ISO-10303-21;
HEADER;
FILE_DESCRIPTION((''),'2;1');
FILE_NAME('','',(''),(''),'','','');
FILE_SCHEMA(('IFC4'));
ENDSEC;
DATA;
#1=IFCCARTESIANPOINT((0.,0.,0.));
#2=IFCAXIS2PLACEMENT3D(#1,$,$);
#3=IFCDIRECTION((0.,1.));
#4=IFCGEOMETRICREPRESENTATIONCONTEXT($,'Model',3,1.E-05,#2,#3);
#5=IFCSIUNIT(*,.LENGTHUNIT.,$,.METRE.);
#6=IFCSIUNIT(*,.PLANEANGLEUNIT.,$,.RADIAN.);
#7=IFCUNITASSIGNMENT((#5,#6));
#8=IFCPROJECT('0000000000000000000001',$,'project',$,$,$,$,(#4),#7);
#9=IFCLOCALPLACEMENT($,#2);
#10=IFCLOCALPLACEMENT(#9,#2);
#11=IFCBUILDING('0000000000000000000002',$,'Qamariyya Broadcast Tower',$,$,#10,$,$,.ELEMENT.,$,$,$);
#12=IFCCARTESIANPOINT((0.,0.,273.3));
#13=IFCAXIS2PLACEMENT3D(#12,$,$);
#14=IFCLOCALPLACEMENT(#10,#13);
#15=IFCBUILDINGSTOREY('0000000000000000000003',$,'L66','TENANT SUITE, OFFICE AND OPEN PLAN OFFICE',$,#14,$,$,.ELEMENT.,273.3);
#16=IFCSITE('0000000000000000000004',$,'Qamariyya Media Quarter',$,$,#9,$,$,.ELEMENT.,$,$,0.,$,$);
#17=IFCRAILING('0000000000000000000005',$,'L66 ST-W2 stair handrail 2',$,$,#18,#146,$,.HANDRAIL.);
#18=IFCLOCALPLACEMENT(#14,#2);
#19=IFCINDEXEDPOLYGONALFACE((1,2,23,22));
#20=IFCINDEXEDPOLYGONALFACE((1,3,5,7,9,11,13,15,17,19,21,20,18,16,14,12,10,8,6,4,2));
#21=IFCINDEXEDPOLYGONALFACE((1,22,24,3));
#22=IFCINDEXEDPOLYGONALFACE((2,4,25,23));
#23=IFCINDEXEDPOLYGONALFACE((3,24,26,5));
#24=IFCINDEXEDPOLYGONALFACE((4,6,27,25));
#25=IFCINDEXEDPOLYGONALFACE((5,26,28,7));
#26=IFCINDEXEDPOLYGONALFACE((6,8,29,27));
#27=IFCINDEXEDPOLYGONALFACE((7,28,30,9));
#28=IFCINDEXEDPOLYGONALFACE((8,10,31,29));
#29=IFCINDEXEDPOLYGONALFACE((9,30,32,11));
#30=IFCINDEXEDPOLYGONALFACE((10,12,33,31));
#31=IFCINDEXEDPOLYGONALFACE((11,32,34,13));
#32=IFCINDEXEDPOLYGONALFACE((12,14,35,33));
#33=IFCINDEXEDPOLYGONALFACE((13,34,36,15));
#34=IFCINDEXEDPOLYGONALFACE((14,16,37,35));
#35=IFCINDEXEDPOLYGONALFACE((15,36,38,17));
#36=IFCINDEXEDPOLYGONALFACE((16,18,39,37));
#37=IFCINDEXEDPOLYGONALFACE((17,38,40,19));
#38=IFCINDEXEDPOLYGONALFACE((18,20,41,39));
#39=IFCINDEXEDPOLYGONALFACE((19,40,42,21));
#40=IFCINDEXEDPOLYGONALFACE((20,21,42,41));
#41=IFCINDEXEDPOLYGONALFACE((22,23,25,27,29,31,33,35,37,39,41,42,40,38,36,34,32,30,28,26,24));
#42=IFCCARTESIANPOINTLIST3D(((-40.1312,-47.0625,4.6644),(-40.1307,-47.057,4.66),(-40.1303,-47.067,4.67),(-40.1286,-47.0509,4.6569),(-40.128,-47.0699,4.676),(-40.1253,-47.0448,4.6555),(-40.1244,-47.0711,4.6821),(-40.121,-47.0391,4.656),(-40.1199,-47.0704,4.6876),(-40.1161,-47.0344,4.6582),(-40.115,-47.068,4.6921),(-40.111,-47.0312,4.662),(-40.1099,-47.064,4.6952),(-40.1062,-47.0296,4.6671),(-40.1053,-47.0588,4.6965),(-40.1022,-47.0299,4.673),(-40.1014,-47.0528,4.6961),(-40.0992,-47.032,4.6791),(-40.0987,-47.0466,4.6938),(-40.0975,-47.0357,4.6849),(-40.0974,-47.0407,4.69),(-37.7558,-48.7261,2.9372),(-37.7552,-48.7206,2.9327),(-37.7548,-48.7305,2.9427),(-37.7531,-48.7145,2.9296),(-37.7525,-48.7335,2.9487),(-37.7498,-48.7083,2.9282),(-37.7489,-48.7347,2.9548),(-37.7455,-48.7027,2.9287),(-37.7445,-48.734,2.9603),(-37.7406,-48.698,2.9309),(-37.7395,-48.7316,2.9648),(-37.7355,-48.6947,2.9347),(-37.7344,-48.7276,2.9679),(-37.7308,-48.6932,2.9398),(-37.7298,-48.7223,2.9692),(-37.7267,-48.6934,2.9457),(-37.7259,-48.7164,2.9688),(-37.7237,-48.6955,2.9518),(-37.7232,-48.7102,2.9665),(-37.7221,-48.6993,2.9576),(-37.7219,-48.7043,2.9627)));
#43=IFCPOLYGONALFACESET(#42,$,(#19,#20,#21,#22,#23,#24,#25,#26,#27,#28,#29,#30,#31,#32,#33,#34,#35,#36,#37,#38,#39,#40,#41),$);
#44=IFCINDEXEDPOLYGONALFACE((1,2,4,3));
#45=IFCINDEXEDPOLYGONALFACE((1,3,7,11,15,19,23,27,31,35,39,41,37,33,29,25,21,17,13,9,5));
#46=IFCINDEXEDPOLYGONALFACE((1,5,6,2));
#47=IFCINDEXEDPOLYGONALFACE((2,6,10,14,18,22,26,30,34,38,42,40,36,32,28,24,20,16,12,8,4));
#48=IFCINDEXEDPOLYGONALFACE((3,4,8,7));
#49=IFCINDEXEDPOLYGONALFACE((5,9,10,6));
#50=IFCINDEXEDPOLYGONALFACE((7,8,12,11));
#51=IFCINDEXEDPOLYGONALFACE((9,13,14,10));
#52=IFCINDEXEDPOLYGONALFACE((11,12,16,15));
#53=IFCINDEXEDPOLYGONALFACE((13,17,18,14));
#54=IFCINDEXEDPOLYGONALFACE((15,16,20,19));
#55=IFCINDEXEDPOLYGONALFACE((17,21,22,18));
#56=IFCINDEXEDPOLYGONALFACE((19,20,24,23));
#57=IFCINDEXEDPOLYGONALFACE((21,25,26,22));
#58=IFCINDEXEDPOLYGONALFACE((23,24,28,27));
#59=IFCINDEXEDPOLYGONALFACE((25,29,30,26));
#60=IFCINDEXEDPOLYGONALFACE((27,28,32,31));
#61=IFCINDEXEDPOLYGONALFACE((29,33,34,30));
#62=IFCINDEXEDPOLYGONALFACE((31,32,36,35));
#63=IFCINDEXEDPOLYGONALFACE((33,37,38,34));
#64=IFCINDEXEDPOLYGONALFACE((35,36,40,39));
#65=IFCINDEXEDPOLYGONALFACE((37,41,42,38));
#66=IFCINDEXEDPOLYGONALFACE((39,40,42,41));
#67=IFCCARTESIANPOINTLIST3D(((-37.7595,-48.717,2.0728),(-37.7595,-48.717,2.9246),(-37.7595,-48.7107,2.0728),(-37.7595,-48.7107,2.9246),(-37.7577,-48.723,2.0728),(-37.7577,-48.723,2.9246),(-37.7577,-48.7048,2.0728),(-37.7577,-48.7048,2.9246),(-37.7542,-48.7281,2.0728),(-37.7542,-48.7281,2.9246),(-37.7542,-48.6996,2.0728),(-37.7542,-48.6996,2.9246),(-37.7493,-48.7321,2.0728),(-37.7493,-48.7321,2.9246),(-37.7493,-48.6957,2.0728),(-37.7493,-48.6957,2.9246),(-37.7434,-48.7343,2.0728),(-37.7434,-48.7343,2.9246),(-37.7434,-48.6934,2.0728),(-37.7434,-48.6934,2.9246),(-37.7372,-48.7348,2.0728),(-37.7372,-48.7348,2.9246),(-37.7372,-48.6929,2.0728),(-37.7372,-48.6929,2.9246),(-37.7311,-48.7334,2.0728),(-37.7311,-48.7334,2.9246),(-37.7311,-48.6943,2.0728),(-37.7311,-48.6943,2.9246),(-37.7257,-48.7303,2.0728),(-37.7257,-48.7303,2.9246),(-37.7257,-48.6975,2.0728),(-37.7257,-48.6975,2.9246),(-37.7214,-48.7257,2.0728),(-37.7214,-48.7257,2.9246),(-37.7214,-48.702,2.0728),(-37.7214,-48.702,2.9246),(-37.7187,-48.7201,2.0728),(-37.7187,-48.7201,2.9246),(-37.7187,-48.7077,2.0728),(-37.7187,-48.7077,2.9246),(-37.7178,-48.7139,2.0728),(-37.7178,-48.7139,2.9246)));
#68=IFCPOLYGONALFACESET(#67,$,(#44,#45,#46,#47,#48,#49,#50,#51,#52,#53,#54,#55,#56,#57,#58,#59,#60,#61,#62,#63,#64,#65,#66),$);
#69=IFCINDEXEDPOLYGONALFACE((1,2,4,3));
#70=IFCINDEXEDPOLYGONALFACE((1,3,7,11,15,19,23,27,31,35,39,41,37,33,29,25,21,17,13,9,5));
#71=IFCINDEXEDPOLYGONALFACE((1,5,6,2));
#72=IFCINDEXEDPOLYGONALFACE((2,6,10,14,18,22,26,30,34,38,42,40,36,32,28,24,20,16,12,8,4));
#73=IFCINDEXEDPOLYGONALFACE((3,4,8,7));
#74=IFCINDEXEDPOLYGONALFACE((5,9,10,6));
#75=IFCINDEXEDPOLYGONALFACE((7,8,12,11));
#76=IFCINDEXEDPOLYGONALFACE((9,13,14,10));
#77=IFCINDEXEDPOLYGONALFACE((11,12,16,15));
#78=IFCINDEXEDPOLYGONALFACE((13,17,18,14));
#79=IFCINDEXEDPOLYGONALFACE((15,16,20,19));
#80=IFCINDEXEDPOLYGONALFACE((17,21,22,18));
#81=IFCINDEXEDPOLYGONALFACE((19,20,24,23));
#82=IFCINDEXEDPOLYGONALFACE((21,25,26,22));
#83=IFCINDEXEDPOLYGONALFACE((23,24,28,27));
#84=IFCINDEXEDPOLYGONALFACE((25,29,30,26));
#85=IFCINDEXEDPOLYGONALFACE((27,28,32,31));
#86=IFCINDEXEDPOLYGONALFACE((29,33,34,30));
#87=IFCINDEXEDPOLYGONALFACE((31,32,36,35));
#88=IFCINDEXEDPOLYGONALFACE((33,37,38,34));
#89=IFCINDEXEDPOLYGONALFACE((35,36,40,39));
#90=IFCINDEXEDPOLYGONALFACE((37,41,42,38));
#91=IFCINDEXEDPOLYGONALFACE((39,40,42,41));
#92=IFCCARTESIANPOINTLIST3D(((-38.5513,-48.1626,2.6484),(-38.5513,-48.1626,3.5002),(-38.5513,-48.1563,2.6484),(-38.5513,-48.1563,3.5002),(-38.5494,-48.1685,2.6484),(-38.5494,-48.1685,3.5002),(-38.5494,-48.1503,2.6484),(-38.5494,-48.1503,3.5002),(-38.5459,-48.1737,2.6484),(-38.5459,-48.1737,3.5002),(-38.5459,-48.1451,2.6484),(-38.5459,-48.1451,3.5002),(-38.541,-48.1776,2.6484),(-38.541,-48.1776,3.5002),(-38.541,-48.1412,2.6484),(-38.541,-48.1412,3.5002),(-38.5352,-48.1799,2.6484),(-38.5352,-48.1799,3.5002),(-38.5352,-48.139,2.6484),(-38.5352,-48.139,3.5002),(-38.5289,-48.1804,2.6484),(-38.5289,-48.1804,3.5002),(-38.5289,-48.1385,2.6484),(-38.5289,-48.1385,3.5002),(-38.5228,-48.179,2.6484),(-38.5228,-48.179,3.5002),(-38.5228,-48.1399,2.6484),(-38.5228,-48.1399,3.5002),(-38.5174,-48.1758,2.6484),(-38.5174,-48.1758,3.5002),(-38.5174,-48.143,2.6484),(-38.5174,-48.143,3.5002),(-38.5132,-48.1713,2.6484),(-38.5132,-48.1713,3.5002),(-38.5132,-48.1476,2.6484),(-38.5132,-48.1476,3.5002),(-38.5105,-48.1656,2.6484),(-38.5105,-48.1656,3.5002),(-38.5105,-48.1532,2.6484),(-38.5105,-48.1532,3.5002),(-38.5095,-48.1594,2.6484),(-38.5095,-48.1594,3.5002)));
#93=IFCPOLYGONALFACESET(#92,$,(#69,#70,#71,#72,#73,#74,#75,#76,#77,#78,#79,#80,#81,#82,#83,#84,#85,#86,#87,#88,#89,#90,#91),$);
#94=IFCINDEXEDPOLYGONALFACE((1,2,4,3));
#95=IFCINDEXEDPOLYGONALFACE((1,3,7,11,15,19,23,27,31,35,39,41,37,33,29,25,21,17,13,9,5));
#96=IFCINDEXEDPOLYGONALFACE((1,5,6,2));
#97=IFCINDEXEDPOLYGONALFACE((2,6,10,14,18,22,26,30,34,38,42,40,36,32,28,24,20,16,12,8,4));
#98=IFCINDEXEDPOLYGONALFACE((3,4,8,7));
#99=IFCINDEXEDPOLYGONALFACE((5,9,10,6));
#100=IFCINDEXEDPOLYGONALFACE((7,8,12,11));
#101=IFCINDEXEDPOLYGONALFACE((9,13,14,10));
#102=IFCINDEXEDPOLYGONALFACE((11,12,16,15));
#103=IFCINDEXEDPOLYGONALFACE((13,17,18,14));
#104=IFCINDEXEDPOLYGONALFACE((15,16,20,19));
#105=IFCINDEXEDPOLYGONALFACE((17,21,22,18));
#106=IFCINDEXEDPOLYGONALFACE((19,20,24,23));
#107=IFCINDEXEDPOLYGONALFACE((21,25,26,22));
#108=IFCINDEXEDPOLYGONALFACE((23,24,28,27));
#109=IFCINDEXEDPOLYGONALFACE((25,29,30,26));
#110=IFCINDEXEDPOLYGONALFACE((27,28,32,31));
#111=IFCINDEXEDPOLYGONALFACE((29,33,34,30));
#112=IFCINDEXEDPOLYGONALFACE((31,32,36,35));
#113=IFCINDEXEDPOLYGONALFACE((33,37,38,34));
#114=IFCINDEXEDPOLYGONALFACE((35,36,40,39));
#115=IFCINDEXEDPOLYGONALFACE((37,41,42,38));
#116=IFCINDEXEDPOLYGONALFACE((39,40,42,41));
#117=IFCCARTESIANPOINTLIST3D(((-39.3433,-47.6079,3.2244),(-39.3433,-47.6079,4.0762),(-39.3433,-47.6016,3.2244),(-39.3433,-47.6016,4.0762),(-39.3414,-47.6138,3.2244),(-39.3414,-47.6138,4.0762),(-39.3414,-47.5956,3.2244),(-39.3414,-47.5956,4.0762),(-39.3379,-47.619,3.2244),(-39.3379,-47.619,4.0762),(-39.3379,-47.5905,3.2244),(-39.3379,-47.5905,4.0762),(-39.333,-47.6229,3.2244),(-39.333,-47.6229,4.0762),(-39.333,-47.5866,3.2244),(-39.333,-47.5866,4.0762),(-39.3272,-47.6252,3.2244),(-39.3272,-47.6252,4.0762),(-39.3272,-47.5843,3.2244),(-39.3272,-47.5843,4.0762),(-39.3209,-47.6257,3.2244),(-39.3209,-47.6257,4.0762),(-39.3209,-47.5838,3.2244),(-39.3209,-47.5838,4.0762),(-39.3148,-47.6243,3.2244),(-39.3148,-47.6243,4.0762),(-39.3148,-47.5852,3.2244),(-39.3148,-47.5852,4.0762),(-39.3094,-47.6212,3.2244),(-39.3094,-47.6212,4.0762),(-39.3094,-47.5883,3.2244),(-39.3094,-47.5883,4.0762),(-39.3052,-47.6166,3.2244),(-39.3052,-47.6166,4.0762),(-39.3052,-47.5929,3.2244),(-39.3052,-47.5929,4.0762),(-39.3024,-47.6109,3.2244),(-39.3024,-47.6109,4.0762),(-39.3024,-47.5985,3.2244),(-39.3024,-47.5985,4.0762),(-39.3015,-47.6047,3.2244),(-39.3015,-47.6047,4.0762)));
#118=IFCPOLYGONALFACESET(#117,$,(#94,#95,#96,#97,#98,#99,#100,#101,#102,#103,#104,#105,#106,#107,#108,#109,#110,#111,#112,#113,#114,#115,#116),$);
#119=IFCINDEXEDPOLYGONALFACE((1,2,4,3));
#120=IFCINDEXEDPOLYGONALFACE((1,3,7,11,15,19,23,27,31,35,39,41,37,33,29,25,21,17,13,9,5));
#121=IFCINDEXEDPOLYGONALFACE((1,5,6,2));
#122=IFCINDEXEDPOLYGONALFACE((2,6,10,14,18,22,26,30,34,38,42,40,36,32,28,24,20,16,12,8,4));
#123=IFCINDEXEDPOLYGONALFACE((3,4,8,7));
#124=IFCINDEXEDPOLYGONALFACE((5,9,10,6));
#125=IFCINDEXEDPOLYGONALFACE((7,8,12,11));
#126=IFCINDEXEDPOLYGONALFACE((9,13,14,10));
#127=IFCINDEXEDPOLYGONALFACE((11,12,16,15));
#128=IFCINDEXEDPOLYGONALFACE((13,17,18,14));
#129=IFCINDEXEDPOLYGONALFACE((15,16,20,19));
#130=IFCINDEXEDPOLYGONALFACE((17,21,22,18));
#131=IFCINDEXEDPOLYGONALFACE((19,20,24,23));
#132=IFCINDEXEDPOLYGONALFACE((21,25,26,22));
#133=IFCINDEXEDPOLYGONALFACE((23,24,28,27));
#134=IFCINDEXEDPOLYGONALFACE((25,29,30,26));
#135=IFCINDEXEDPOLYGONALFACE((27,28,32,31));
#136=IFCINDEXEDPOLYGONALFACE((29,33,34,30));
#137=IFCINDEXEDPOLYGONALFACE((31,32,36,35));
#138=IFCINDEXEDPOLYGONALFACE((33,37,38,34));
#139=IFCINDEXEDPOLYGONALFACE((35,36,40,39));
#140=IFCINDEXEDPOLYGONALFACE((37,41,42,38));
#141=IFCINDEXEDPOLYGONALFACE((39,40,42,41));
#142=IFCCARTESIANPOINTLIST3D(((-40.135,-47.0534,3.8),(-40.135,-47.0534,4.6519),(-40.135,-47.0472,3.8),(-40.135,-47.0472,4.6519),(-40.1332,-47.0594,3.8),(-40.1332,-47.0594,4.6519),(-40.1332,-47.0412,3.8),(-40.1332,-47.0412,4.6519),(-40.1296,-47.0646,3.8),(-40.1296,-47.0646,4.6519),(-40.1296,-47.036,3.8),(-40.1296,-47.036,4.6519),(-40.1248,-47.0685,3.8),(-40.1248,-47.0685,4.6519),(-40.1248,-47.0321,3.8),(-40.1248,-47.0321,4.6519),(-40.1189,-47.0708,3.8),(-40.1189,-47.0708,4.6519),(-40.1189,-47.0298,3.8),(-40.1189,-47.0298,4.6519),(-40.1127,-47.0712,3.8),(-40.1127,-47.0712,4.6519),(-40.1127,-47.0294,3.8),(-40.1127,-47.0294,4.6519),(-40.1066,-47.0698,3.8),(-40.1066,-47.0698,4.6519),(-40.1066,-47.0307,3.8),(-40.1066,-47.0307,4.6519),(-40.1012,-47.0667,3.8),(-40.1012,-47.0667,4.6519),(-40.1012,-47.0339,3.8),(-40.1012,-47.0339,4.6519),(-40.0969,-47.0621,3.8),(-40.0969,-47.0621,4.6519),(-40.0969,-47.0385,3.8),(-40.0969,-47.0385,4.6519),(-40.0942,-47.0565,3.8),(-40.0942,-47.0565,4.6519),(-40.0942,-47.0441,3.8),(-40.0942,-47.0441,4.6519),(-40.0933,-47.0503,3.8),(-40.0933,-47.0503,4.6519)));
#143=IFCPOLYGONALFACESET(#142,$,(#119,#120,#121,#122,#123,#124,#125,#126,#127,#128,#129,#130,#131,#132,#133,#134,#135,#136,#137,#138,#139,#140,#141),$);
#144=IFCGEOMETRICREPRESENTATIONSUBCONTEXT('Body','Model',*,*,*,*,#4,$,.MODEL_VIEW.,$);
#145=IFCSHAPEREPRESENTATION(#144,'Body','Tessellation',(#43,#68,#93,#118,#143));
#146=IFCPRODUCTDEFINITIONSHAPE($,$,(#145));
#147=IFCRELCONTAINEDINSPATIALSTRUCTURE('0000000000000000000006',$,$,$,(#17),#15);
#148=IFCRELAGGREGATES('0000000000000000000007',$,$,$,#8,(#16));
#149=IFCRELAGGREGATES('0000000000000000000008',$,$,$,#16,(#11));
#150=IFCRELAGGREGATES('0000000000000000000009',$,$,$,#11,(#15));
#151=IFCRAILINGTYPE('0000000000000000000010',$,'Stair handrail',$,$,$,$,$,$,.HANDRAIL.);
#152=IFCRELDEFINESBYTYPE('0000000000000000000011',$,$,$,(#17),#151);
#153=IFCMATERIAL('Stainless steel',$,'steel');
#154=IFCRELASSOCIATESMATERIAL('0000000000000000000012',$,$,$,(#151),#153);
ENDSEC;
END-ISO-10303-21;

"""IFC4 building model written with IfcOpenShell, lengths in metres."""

from ifc_helpers import new_model, si_unit, direction, frame, origin, origin_2d, place, context, subcontext, project, spatial, circle, extrude, material, type_object, element, save


model = new_model("IFC4")

# Units and contexts
model_context = context("Model", 3, precision=1e-05, world=origin(), true_north=direction((0.0, 1.0)))
body_context = subcontext(model_context, "Body", "Model", "MODEL_VIEW")
ifc_project = project(units=[si_unit("LENGTHUNIT", "METRE"), si_unit("PLANEANGLEUNIT", "RADIAN")], contexts=[model_context])

# Site, building, storey
site_placement = place(None, origin())
site = spatial("IfcSite", under=ifc_project, at=site_placement, Name="Qamariyya Media Quarter", CompositionType="ELEMENT", RefElevation=0.0)
building_placement = place(site_placement, origin())
building = spatial("IfcBuilding", under=site, at=building_placement, Name="Qamariyya Broadcast Tower", CompositionType="ELEMENT")
storey_placement = place(building_placement, frame((0.0, 0.0, 273.3)))
storey = spatial("IfcBuildingStorey", under=building, at=storey_placement, Name="L66", Description="TENANT SUITE, OFFICE AND OPEN PLAN OFFICE", CompositionType="ELEMENT", Elevation=273.3)

# Railing
ifc_material_1 = material(Name="Stainless steel", Category="steel")
railing_type_1 = type_object("IfcRailingType", Name="Stair handrail", PredefinedType="HANDRAIL", material=ifc_material_1)
railing_1_placement = place(storey_placement, frame((-37.7388, -48.7139, 2.0728)))
element("IfcRailing", 1, at=railing_1_placement, inside=storey, type_object=railing_type_1, Name="L66 ST-W2 stair handrail 2", PredefinedType="HANDRAIL", context=body_context, shape_type="SweptSolid", body=[
    extrude(circle(Radius=0.0239, at=origin_2d()), frame((0.0, 0.0, 0.876), z_axis=(-0.703745, 0.492838, 0.511716), x_axis=(-0.573632, -0.819113, 0.0)), (0.0, 0.0, 1.0), 3.3755),
    extrude(circle(Radius=0.021, at=origin_2d()), origin(), (0.0, 0.0, 1.0), 0.8518),
    extrude(circle(Radius=0.021, at=origin_2d()), frame((-0.7917, 0.5544, 0.5757)), (0.0, 0.0, 1.0), 0.8518),
    extrude(circle(Radius=0.021, at=origin_2d()), frame((-1.5837, 1.1091, 1.1516)), (0.0, 0.0, 1.0), 0.8518),
    extrude(circle(Radius=0.021, at=origin_2d()), frame((-2.3755, 1.6636, 1.7273)), (0.0, 0.0, 1.0), 0.8518),
])

save(model, "model.ifc")
